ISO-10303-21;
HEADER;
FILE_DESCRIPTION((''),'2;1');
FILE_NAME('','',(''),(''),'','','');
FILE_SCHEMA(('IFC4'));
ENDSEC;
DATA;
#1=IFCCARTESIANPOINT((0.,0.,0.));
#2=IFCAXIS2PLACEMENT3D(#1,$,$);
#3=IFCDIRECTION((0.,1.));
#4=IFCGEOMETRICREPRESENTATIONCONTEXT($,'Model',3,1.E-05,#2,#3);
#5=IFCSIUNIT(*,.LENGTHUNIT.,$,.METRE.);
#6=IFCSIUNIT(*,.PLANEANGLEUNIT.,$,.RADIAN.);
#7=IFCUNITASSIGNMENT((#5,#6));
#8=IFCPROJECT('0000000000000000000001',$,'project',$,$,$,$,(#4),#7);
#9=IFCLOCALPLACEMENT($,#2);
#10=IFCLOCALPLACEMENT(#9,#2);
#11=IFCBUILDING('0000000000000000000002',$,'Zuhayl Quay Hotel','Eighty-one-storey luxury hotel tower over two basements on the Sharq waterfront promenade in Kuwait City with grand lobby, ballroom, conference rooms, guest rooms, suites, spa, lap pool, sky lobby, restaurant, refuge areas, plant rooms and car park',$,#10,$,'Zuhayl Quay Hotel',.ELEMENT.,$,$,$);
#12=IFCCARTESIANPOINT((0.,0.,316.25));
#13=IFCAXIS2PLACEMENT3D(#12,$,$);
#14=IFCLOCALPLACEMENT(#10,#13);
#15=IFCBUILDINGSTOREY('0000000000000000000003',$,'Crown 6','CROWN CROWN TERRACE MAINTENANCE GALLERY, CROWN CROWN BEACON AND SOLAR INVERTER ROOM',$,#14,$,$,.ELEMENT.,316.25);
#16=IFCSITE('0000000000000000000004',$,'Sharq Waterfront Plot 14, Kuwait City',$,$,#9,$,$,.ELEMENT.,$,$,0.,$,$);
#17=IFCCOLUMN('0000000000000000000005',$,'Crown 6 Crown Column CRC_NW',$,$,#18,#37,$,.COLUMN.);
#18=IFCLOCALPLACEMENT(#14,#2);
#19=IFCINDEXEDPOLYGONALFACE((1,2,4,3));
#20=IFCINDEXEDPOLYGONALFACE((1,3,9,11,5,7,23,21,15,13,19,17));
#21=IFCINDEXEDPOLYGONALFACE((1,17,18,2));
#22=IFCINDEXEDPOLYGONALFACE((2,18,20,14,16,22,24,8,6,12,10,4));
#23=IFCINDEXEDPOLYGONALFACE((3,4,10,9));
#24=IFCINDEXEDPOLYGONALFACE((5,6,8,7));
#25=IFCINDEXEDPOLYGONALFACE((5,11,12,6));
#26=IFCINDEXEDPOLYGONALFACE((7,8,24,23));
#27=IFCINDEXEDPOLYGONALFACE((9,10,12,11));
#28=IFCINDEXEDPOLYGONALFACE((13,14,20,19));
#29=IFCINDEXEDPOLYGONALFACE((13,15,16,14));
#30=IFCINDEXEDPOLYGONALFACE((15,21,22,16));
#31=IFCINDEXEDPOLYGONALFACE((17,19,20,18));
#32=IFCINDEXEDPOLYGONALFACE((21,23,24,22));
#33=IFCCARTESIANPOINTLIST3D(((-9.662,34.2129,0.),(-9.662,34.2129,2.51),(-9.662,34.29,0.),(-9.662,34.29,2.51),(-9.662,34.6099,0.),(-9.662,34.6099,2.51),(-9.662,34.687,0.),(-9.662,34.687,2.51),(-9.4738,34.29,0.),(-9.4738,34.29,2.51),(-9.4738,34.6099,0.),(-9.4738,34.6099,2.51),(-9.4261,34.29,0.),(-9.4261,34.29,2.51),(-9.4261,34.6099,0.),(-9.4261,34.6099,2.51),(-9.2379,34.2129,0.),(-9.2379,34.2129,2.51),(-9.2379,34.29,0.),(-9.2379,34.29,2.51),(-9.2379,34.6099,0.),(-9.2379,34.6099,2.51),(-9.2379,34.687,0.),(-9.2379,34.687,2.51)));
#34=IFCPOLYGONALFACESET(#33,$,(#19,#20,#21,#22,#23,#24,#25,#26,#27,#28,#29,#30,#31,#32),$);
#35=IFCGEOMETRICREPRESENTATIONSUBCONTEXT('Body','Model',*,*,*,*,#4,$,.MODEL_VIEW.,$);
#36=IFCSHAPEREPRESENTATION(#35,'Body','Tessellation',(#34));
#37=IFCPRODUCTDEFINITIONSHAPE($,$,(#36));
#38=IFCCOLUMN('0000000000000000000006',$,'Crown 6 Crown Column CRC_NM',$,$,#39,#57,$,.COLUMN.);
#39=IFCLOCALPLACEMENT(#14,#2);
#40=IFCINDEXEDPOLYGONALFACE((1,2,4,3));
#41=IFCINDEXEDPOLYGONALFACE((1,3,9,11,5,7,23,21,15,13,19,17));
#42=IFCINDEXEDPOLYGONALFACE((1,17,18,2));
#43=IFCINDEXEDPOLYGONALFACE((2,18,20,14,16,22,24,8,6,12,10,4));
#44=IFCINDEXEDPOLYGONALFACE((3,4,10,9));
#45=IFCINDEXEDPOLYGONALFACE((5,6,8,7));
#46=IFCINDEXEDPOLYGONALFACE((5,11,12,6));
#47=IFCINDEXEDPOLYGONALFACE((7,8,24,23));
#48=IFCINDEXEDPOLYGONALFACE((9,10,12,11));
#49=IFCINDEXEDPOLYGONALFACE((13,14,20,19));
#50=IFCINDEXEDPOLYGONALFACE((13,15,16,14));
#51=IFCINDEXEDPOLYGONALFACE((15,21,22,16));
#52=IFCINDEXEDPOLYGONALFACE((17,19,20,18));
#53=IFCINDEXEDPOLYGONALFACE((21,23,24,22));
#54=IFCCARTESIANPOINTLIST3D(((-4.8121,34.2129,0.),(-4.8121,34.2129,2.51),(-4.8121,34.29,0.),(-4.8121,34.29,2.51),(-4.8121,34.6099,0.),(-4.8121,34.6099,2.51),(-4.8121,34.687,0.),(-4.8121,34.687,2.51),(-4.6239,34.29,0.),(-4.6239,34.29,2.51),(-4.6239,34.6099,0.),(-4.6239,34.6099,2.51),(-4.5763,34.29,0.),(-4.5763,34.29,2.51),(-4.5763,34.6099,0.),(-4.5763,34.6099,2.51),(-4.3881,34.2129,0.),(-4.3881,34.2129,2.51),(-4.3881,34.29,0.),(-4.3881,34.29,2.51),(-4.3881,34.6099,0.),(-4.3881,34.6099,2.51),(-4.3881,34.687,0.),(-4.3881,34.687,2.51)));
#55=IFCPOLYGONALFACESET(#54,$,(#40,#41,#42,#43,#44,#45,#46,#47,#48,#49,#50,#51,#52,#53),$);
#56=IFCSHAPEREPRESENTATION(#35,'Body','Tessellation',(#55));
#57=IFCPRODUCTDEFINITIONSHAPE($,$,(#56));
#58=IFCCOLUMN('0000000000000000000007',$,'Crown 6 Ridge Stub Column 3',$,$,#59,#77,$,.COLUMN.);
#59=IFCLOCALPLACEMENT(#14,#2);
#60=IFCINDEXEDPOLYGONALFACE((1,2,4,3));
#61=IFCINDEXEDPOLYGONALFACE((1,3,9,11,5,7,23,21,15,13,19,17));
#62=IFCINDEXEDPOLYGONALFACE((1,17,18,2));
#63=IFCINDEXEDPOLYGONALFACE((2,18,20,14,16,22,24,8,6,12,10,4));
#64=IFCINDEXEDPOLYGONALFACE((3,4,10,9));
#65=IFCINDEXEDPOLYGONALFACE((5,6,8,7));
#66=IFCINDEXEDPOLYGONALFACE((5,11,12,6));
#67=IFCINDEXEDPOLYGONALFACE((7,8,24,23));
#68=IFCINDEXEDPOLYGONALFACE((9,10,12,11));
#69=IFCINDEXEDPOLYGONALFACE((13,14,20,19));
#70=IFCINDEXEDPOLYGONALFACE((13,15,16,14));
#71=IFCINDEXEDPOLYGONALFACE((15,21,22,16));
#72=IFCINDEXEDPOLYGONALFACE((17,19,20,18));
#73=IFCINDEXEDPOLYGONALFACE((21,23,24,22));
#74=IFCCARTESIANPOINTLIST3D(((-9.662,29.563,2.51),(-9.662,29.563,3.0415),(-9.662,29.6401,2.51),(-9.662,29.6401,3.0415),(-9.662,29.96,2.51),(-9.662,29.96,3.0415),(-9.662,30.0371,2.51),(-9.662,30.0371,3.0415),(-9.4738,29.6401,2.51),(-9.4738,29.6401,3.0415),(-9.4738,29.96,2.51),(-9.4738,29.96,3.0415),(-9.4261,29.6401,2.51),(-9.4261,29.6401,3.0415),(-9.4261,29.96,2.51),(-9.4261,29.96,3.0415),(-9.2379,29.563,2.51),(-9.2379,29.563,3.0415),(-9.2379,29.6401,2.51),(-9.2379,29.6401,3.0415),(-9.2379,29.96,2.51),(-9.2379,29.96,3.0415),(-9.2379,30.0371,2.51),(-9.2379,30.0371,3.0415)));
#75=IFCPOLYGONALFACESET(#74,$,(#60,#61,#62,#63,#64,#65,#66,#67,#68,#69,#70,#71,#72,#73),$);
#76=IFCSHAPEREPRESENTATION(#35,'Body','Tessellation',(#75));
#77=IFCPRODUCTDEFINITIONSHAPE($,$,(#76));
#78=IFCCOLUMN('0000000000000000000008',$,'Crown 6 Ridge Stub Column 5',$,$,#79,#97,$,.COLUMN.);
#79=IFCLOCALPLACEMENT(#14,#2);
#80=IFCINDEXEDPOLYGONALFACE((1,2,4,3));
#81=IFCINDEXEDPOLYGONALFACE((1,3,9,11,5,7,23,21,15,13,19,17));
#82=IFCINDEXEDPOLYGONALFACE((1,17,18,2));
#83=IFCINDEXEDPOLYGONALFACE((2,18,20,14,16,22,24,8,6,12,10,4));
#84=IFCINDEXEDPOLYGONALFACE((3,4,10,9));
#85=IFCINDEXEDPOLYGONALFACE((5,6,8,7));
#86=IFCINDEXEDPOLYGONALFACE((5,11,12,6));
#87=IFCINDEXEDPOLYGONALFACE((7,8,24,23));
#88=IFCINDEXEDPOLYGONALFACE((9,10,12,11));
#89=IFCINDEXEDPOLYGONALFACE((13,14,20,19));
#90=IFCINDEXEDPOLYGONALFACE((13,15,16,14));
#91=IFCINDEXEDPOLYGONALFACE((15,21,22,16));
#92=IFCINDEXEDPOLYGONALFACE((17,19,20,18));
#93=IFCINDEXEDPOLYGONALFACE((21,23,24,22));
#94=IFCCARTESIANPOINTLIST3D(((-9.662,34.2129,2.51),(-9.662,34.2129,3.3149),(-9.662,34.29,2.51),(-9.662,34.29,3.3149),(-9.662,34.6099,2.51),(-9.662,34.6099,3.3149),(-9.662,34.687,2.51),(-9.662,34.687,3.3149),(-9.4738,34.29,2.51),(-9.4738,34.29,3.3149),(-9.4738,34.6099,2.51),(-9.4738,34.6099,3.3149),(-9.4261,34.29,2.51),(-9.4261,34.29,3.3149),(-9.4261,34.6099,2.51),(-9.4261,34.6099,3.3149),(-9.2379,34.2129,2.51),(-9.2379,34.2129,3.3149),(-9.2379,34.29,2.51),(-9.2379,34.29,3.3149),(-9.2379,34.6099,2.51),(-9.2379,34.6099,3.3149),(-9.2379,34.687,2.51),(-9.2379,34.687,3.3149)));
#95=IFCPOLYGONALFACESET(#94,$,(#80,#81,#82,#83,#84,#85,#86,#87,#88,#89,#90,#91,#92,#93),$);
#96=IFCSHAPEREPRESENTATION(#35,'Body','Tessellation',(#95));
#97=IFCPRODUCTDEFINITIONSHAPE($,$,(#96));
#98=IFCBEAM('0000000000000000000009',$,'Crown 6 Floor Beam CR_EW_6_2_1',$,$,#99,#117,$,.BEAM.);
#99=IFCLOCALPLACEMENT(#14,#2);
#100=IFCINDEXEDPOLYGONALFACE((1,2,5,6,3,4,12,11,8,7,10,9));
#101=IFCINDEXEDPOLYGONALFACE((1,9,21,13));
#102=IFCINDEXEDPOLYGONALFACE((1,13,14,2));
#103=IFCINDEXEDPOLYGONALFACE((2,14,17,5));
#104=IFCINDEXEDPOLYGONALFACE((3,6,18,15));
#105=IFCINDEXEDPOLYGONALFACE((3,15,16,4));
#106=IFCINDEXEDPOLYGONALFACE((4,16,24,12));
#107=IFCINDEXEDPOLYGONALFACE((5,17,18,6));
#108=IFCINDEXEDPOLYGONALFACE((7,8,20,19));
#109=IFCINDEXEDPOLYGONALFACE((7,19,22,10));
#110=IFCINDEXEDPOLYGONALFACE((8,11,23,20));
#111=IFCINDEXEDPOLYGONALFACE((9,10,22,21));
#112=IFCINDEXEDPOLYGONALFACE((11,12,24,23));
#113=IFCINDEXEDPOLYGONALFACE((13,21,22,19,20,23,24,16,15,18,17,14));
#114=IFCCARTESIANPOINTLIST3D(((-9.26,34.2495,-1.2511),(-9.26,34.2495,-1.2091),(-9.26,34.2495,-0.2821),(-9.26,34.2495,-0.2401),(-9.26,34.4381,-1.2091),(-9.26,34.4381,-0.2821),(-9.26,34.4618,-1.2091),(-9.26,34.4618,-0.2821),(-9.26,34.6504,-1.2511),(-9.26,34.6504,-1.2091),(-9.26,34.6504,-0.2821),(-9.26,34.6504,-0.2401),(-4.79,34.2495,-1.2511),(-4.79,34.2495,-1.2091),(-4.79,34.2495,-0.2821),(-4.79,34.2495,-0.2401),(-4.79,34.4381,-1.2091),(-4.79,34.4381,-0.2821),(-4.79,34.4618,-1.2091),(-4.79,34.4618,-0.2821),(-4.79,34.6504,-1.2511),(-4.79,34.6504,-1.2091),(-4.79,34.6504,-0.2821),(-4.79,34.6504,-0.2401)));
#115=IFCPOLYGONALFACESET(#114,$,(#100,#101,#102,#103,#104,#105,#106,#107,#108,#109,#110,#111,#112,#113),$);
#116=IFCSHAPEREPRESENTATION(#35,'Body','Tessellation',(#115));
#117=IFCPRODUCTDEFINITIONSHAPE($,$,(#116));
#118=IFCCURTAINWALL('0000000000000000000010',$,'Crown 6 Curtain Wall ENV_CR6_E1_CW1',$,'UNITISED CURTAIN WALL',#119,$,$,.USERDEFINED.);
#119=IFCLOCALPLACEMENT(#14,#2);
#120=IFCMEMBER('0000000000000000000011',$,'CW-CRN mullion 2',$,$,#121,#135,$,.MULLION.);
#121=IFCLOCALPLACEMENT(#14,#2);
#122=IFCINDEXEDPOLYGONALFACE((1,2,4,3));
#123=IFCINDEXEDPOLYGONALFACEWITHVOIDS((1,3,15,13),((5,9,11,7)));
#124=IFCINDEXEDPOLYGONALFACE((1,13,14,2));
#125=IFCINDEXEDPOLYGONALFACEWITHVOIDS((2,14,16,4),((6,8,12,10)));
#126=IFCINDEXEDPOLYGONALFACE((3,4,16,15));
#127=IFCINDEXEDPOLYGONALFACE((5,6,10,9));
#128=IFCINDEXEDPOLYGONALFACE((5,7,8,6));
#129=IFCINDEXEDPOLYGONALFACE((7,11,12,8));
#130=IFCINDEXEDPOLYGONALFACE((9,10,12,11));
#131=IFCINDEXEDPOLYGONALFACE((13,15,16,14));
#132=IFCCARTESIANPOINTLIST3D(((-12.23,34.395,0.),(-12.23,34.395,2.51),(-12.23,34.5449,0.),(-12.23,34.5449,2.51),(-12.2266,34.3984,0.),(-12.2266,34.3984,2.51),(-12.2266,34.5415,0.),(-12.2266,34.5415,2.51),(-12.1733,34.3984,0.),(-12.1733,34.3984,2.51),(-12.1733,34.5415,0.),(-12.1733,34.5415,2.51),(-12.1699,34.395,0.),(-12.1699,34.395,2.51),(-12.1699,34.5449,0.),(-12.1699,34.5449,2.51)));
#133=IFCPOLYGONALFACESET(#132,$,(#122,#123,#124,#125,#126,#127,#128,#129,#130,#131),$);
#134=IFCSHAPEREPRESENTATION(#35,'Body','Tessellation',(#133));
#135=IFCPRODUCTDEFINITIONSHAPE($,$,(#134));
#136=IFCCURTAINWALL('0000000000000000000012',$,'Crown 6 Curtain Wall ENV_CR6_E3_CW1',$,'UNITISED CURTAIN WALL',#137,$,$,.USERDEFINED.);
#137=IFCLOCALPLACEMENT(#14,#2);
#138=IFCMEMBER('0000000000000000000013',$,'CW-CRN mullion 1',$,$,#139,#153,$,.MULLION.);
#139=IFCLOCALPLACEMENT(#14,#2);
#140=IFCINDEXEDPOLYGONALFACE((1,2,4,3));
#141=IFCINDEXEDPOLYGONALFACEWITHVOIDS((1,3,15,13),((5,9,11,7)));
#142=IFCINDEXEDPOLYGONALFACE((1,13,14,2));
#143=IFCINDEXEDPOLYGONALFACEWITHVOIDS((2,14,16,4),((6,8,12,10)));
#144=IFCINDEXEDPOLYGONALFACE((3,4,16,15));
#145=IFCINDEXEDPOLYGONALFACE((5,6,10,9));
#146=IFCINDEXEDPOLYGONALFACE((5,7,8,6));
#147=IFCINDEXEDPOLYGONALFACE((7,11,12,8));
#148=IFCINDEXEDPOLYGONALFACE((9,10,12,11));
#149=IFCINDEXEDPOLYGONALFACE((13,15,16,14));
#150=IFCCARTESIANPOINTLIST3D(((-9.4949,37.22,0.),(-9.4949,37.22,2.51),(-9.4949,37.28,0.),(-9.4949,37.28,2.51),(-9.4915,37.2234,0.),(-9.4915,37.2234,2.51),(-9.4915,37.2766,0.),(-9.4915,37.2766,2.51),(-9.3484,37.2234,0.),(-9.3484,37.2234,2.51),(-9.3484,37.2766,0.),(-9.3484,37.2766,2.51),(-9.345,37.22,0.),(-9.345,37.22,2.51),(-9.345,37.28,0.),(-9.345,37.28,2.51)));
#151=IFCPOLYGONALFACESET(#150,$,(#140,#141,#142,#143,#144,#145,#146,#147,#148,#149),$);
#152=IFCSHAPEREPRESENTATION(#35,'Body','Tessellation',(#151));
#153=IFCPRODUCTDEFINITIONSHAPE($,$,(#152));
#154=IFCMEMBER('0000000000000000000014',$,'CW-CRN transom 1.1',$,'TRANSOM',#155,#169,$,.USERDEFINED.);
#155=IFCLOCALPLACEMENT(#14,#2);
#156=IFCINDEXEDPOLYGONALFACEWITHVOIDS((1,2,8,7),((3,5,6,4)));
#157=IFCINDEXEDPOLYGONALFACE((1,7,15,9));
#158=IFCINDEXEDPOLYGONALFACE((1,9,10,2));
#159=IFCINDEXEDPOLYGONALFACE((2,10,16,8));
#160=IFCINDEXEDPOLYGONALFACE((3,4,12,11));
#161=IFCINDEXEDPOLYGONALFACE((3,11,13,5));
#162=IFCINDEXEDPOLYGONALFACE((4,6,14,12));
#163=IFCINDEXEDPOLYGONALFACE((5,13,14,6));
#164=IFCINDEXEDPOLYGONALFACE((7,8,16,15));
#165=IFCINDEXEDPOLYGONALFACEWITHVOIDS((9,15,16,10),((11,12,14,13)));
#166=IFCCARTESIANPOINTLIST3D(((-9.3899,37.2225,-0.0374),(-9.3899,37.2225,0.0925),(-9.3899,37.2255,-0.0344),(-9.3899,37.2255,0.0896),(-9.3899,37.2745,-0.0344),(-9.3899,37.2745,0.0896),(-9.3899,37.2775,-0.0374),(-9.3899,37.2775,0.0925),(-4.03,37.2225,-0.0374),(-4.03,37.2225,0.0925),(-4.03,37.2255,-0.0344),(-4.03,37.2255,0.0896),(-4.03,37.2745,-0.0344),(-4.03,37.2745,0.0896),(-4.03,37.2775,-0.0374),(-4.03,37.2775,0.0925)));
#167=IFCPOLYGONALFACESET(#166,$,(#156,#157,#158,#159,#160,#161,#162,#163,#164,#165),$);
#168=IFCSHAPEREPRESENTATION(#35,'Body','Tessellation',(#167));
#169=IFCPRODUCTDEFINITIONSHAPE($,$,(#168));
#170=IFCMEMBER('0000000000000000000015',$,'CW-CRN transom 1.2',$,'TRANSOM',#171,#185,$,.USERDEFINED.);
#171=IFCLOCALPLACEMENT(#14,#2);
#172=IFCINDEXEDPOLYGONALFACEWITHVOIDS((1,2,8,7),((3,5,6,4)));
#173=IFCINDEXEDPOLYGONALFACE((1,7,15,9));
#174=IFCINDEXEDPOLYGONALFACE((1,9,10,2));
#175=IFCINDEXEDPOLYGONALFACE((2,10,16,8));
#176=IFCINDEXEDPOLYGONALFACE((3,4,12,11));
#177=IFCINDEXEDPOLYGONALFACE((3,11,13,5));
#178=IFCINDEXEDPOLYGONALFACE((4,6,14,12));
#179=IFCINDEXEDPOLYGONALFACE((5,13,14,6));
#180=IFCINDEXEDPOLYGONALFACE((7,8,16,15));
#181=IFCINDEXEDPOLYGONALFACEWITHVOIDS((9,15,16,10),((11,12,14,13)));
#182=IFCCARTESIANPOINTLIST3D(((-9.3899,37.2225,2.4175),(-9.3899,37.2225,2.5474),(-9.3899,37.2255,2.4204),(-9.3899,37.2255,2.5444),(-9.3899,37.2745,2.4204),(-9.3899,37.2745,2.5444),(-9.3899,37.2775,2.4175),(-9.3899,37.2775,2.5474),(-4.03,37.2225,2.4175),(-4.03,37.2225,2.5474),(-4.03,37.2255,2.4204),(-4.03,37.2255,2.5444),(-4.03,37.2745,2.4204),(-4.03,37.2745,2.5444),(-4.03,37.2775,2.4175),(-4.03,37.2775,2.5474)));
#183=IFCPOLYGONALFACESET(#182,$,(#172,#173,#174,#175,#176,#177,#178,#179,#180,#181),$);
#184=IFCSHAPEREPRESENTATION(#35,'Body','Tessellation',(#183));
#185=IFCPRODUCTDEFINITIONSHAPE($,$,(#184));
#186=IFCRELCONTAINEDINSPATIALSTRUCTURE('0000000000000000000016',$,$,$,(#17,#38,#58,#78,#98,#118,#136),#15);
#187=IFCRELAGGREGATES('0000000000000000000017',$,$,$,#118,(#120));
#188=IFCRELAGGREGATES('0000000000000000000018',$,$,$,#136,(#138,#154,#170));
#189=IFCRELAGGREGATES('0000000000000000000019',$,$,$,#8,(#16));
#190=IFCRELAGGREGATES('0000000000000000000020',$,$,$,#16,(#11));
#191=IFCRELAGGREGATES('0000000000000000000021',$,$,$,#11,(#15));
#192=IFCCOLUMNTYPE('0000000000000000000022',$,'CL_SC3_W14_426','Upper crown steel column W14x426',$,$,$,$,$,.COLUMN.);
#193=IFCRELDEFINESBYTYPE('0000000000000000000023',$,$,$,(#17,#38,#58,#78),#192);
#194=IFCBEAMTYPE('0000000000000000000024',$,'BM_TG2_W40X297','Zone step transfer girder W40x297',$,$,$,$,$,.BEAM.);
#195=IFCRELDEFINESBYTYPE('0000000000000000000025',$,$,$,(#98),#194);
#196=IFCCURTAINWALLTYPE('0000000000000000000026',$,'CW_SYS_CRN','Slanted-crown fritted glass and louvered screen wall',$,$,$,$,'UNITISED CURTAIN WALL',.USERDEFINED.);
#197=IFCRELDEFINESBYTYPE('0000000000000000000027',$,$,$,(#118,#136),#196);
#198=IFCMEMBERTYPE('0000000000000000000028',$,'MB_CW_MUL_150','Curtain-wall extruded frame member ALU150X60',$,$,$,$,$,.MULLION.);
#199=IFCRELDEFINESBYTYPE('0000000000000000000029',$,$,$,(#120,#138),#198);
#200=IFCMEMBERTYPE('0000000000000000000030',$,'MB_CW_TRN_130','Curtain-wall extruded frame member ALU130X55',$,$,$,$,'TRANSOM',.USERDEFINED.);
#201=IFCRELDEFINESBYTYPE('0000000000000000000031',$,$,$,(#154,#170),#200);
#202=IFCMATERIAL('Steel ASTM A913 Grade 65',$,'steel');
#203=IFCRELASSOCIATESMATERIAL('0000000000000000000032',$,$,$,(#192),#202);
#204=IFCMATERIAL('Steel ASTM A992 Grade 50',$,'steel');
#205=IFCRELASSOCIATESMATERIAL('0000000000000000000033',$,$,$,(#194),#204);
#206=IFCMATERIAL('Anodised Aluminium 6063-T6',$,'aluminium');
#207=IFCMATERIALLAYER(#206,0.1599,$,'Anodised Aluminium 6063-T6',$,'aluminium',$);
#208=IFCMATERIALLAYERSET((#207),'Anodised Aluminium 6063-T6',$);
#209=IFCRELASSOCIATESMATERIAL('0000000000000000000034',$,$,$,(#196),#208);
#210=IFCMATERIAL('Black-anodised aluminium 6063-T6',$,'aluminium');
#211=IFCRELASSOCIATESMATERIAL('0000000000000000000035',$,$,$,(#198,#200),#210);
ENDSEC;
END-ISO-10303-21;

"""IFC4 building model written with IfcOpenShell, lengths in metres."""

from ifc_helpers import new_model, si_unit, direction, frame, origin, origin_2d, place, context, subcontext, project, spatial, hollow_rectangle, i_section, extrude, material, layer, layer_set, material_profile, profile_set, type_object, element, aggregate, save


model = new_model("IFC4")

# Units and contexts
model_context = context("Model", 3, precision=1e-05, world=origin(), true_north=direction((0.0, 1.0)))
body_context = subcontext(model_context, "Body", "Model", "MODEL_VIEW")
ifc_project = project(units=[si_unit("LENGTHUNIT", "METRE"), si_unit("PLANEANGLEUNIT", "RADIAN")], contexts=[model_context])

# Site, building, storey
site_placement = place(None, origin())
site = spatial("IfcSite", under=ifc_project, at=site_placement, Name="Sharq Waterfront Plot 14, Kuwait City", CompositionType="ELEMENT", RefElevation=0.0)
building_placement = place(site_placement, origin())
building = spatial("IfcBuilding", under=site, at=building_placement, Name="Zuhayl Quay Hotel", Description="Eighty-one-storey luxury hotel tower over two basements on the Sharq waterfront promenade in Kuwait City with grand lobby, ballroom, conference rooms, guest rooms, suites, spa, lap pool, sky lobby, restaurant, refuge areas, plant rooms and car park", LongName="Zuhayl Quay Hotel", CompositionType="ELEMENT")
storey_placement = place(building_placement, frame((0.0, 0.0, 316.25)))
storey = spatial("IfcBuildingStorey", under=building, at=storey_placement, Name="Crown 6", Description="CROWN CROWN TERRACE MAINTENANCE GALLERY, CROWN CROWN BEACON AND SOLAR INVERTER ROOM", CompositionType="ELEMENT", Elevation=316.25)

# Columns
ifc_material_1 = material(Name="Steel ASTM A913 Grade 65", Category="steel")
ifc_material_profile_1 = material_profile(ifc_material_1, i_section(OverallWidth=0.4241, OverallDepth=0.4741, WebThickness=0.0476, FlangeThickness=0.0771, at=origin_2d()), Name="W14X426")
ifc_profile_set_1 = profile_set([ifc_material_profile_1], Name="Steel ASTM A913 Grade 65")
column_type = type_object("IfcColumnType", Name="CL_SC3_W14_426", Description="Upper crown steel column W14x426", PredefinedType="COLUMN", material=ifc_profile_set_1)
for number, where, z_axis, x_axis, name in (
    (1, (-9.45, 34.45, 0.0), (0.0, 0.0, 1.0), (1.0, 0.0, 0.0), "Crown 6 Crown Column CRC_NW"),
    (2, (-4.6001, 34.45, 0.0), (0.0, 0.0, 1.0), (1.0, 0.0, 0.0), "Crown 6 Crown Column CRC_NM"),
):
    element("IfcColumn", number, at=place(storey_placement, frame(where, z_axis=z_axis, x_axis=x_axis)), inside=storey, type_object=column_type, Name=name, PredefinedType="COLUMN", context=body_context, shape_type="SweptSolid", body=[
        extrude(i_section(OverallWidth=0.4241, OverallDepth=0.4741, WebThickness=0.0476, FlangeThickness=0.0771, at=origin_2d()), origin(), (0.0, 0.0, 1.0), 2.51),
    ])
column_1_placement = place(storey_placement, frame((-9.45, 29.8, 2.51), z_axis=(0.0, 0.0, 1.0), x_axis=(1.0, 0.0, 0.0)))
element("IfcColumn", 3, at=column_1_placement, inside=storey, type_object=column_type, Name="Crown 6 Ridge Stub Column 3", PredefinedType="COLUMN", context=body_context, shape_type="SweptSolid", body=[
    extrude(i_section(OverallWidth=0.4241, OverallDepth=0.4741, WebThickness=0.0476, FlangeThickness=0.0771, at=origin_2d()), origin(), (0.0, 0.0, 1.0), 0.5315),
])
column_2_placement = place(storey_placement, frame((-9.45, 34.45, 2.51), z_axis=(0.0, 0.0, 1.0), x_axis=(1.0, 0.0, 0.0)))
element("IfcColumn", 4, at=column_2_placement, inside=storey, type_object=column_type, Name="Crown 6 Ridge Stub Column 5", PredefinedType="COLUMN", context=body_context, shape_type="SweptSolid", body=[
    extrude(i_section(OverallWidth=0.4241, OverallDepth=0.4741, WebThickness=0.0476, FlangeThickness=0.0771, at=origin_2d()), origin(), (0.0, 0.0, 1.0), 0.8049),
])

# Beam
ifc_material_2 = material(Name="Steel ASTM A992 Grade 50", Category="steel")
ifc_material_profile_2 = material_profile(ifc_material_2, i_section(OverallWidth=0.4009, OverallDepth=1.011, WebThickness=0.0237, FlangeThickness=0.042, at=origin_2d()), Name="W40X297")
ifc_profile_set_2 = profile_set([ifc_material_profile_2], Name="Steel ASTM A992 Grade 50")
beam_type = type_object("IfcBeamType", Name="BM_TG2_W40X297", Description="Zone step transfer girder W40x297", PredefinedType="BEAM", material=ifc_profile_set_2)
beam_placement = place(storey_placement, frame((-9.26, 34.45, -0.7456), z_axis=(1.0, 0.0, 0.0), x_axis=(0.0, 1.0, 0.0)))
element("IfcBeam", 5, at=beam_placement, inside=storey, type_object=beam_type, Name="Crown 6 Floor Beam CR_EW_6_2_1", PredefinedType="BEAM", context=body_context, shape_type="SweptSolid", body=[
    extrude(i_section(OverallWidth=0.4009, OverallDepth=1.011, WebThickness=0.0237, FlangeThickness=0.042, at=origin_2d()), origin(), (0.0, 0.0, 1.0), 4.47),
])

# Curtain wall, member
ifc_material_3 = material(Name="Anodised Aluminium 6063-T6", Category="aluminium")
ifc_layer_1 = layer(ifc_material_3, 0.1599, Name="Anodised Aluminium 6063-T6", Category="aluminium")
ifc_layer_set_1 = layer_set([ifc_layer_1], Name="Anodised Aluminium 6063-T6")
curtain_wall_type = type_object("IfcCurtainWallType", Name="CW_SYS_CRN", Description="Slanted-crown fritted glass and louvered screen wall", ElementType="UNITISED CURTAIN WALL", PredefinedType="USERDEFINED", material=ifc_layer_set_1)
curtain_wall_1_placement = place(storey_placement, origin())
curtain_wall_1 = element("IfcCurtainWall", 6, at=curtain_wall_1_placement, inside=storey, type_object=curtain_wall_type, Name="Crown 6 Curtain Wall ENV_CR6_E1_CW1", ObjectType="UNITISED CURTAIN WALL", PredefinedType="USERDEFINED")
ifc_material_4 = material(Name="Black-anodised aluminium 6063-T6", Category="aluminium")
ifc_material_profile_3 = material_profile(ifc_material_4, hollow_rectangle(XDim=0.0601, YDim=0.1499, WallThickness=0.0034, at=origin_2d()), Name="ALU150X60")
ifc_profile_set_3 = profile_set([ifc_material_profile_3], Name="Black-anodised aluminium 6063-T6")
member_type_1 = type_object("IfcMemberType", Name="MB_CW_MUL_150", Description="Curtain-wall extruded frame member ALU150X60", PredefinedType="MULLION", material=ifc_profile_set_3)
member_1_placement = place(storey_placement, frame((-12.2, 34.47, 0.0), z_axis=(0.0, 0.0, 1.0), x_axis=(-1.0, 0.0, 0.0)))
member_1 = element("IfcMember", 7, at=member_1_placement, type_object=member_type_1, Name="CW-CRN mullion 2", PredefinedType="MULLION", context=body_context, shape_type="SweptSolid", body=[
    extrude(hollow_rectangle(XDim=0.0601, YDim=0.1499, WallThickness=0.0034, at=origin_2d()), origin(), (0.0, 0.0, 1.0), 2.51),
])

# Curtain wall, members
curtain_wall_2_placement = place(storey_placement, origin())
curtain_wall_2 = element("IfcCurtainWall", 8, at=curtain_wall_2_placement, inside=storey, type_object=curtain_wall_type, Name="Crown 6 Curtain Wall ENV_CR6_E3_CW1", ObjectType="UNITISED CURTAIN WALL", PredefinedType="USERDEFINED")
member_2_placement = place(storey_placement, frame((-9.4199, 37.25, 0.0), z_axis=(0.0, 0.0, 1.0), x_axis=(0.0, 1.0, 0.0)))
member_2 = element("IfcMember", 9, at=member_2_placement, type_object=member_type_1, Name="CW-CRN mullion 1", PredefinedType="MULLION", context=body_context, shape_type="SweptSolid", body=[
    extrude(hollow_rectangle(XDim=0.0601, YDim=0.1499, WallThickness=0.0034, at=origin_2d()), origin(), (0.0, 0.0, 1.0), 2.51),
])
ifc_material_profile_4 = material_profile(ifc_material_4, hollow_rectangle(XDim=0.0549, YDim=0.1299, WallThickness=0.0029, at=origin_2d()), Name="ALU130X55")
ifc_profile_set_4 = profile_set([ifc_material_profile_4], Name="Black-anodised aluminium 6063-T6")
member_type_2 = type_object("IfcMemberType", Name="MB_CW_TRN_130", Description="Curtain-wall extruded frame member ALU130X55", ElementType="TRANSOM", PredefinedType="USERDEFINED", material=ifc_profile_set_4)
member_3_placement = place(storey_placement, frame((-9.3899, 37.25, 0.0276), z_axis=(1.0, 0.0, 0.0), x_axis=(0.0, 1.0, 0.0)))
member_3 = element("IfcMember", 10, at=member_3_placement, type_object=member_type_2, Name="CW-CRN transom 1.1", ObjectType="TRANSOM", PredefinedType="USERDEFINED", context=body_context, shape_type="SweptSolid", body=[
    extrude(hollow_rectangle(XDim=0.0549, YDim=0.1299, WallThickness=0.0029, at=origin_2d()), origin(), (0.0, 0.0, 1.0), 5.3599),
])
member_4_placement = place(storey_placement, frame((-9.3899, 37.25, 2.4824), z_axis=(1.0, 0.0, 0.0), x_axis=(0.0, 1.0, 0.0)))
member_4 = element("IfcMember", 11, at=member_4_placement, type_object=member_type_2, Name="CW-CRN transom 1.2", ObjectType="TRANSOM", PredefinedType="USERDEFINED", context=body_context, shape_type="SweptSolid", body=[
    extrude(hollow_rectangle(XDim=0.0549, YDim=0.1299, WallThickness=0.0029, at=origin_2d()), origin(), (0.0, 0.0, 1.0), 5.3599),
])

aggregate(curtain_wall_1, [member_1])
aggregate(curtain_wall_2, [member_2, member_3, member_4])

save(model, "model.ifc")
